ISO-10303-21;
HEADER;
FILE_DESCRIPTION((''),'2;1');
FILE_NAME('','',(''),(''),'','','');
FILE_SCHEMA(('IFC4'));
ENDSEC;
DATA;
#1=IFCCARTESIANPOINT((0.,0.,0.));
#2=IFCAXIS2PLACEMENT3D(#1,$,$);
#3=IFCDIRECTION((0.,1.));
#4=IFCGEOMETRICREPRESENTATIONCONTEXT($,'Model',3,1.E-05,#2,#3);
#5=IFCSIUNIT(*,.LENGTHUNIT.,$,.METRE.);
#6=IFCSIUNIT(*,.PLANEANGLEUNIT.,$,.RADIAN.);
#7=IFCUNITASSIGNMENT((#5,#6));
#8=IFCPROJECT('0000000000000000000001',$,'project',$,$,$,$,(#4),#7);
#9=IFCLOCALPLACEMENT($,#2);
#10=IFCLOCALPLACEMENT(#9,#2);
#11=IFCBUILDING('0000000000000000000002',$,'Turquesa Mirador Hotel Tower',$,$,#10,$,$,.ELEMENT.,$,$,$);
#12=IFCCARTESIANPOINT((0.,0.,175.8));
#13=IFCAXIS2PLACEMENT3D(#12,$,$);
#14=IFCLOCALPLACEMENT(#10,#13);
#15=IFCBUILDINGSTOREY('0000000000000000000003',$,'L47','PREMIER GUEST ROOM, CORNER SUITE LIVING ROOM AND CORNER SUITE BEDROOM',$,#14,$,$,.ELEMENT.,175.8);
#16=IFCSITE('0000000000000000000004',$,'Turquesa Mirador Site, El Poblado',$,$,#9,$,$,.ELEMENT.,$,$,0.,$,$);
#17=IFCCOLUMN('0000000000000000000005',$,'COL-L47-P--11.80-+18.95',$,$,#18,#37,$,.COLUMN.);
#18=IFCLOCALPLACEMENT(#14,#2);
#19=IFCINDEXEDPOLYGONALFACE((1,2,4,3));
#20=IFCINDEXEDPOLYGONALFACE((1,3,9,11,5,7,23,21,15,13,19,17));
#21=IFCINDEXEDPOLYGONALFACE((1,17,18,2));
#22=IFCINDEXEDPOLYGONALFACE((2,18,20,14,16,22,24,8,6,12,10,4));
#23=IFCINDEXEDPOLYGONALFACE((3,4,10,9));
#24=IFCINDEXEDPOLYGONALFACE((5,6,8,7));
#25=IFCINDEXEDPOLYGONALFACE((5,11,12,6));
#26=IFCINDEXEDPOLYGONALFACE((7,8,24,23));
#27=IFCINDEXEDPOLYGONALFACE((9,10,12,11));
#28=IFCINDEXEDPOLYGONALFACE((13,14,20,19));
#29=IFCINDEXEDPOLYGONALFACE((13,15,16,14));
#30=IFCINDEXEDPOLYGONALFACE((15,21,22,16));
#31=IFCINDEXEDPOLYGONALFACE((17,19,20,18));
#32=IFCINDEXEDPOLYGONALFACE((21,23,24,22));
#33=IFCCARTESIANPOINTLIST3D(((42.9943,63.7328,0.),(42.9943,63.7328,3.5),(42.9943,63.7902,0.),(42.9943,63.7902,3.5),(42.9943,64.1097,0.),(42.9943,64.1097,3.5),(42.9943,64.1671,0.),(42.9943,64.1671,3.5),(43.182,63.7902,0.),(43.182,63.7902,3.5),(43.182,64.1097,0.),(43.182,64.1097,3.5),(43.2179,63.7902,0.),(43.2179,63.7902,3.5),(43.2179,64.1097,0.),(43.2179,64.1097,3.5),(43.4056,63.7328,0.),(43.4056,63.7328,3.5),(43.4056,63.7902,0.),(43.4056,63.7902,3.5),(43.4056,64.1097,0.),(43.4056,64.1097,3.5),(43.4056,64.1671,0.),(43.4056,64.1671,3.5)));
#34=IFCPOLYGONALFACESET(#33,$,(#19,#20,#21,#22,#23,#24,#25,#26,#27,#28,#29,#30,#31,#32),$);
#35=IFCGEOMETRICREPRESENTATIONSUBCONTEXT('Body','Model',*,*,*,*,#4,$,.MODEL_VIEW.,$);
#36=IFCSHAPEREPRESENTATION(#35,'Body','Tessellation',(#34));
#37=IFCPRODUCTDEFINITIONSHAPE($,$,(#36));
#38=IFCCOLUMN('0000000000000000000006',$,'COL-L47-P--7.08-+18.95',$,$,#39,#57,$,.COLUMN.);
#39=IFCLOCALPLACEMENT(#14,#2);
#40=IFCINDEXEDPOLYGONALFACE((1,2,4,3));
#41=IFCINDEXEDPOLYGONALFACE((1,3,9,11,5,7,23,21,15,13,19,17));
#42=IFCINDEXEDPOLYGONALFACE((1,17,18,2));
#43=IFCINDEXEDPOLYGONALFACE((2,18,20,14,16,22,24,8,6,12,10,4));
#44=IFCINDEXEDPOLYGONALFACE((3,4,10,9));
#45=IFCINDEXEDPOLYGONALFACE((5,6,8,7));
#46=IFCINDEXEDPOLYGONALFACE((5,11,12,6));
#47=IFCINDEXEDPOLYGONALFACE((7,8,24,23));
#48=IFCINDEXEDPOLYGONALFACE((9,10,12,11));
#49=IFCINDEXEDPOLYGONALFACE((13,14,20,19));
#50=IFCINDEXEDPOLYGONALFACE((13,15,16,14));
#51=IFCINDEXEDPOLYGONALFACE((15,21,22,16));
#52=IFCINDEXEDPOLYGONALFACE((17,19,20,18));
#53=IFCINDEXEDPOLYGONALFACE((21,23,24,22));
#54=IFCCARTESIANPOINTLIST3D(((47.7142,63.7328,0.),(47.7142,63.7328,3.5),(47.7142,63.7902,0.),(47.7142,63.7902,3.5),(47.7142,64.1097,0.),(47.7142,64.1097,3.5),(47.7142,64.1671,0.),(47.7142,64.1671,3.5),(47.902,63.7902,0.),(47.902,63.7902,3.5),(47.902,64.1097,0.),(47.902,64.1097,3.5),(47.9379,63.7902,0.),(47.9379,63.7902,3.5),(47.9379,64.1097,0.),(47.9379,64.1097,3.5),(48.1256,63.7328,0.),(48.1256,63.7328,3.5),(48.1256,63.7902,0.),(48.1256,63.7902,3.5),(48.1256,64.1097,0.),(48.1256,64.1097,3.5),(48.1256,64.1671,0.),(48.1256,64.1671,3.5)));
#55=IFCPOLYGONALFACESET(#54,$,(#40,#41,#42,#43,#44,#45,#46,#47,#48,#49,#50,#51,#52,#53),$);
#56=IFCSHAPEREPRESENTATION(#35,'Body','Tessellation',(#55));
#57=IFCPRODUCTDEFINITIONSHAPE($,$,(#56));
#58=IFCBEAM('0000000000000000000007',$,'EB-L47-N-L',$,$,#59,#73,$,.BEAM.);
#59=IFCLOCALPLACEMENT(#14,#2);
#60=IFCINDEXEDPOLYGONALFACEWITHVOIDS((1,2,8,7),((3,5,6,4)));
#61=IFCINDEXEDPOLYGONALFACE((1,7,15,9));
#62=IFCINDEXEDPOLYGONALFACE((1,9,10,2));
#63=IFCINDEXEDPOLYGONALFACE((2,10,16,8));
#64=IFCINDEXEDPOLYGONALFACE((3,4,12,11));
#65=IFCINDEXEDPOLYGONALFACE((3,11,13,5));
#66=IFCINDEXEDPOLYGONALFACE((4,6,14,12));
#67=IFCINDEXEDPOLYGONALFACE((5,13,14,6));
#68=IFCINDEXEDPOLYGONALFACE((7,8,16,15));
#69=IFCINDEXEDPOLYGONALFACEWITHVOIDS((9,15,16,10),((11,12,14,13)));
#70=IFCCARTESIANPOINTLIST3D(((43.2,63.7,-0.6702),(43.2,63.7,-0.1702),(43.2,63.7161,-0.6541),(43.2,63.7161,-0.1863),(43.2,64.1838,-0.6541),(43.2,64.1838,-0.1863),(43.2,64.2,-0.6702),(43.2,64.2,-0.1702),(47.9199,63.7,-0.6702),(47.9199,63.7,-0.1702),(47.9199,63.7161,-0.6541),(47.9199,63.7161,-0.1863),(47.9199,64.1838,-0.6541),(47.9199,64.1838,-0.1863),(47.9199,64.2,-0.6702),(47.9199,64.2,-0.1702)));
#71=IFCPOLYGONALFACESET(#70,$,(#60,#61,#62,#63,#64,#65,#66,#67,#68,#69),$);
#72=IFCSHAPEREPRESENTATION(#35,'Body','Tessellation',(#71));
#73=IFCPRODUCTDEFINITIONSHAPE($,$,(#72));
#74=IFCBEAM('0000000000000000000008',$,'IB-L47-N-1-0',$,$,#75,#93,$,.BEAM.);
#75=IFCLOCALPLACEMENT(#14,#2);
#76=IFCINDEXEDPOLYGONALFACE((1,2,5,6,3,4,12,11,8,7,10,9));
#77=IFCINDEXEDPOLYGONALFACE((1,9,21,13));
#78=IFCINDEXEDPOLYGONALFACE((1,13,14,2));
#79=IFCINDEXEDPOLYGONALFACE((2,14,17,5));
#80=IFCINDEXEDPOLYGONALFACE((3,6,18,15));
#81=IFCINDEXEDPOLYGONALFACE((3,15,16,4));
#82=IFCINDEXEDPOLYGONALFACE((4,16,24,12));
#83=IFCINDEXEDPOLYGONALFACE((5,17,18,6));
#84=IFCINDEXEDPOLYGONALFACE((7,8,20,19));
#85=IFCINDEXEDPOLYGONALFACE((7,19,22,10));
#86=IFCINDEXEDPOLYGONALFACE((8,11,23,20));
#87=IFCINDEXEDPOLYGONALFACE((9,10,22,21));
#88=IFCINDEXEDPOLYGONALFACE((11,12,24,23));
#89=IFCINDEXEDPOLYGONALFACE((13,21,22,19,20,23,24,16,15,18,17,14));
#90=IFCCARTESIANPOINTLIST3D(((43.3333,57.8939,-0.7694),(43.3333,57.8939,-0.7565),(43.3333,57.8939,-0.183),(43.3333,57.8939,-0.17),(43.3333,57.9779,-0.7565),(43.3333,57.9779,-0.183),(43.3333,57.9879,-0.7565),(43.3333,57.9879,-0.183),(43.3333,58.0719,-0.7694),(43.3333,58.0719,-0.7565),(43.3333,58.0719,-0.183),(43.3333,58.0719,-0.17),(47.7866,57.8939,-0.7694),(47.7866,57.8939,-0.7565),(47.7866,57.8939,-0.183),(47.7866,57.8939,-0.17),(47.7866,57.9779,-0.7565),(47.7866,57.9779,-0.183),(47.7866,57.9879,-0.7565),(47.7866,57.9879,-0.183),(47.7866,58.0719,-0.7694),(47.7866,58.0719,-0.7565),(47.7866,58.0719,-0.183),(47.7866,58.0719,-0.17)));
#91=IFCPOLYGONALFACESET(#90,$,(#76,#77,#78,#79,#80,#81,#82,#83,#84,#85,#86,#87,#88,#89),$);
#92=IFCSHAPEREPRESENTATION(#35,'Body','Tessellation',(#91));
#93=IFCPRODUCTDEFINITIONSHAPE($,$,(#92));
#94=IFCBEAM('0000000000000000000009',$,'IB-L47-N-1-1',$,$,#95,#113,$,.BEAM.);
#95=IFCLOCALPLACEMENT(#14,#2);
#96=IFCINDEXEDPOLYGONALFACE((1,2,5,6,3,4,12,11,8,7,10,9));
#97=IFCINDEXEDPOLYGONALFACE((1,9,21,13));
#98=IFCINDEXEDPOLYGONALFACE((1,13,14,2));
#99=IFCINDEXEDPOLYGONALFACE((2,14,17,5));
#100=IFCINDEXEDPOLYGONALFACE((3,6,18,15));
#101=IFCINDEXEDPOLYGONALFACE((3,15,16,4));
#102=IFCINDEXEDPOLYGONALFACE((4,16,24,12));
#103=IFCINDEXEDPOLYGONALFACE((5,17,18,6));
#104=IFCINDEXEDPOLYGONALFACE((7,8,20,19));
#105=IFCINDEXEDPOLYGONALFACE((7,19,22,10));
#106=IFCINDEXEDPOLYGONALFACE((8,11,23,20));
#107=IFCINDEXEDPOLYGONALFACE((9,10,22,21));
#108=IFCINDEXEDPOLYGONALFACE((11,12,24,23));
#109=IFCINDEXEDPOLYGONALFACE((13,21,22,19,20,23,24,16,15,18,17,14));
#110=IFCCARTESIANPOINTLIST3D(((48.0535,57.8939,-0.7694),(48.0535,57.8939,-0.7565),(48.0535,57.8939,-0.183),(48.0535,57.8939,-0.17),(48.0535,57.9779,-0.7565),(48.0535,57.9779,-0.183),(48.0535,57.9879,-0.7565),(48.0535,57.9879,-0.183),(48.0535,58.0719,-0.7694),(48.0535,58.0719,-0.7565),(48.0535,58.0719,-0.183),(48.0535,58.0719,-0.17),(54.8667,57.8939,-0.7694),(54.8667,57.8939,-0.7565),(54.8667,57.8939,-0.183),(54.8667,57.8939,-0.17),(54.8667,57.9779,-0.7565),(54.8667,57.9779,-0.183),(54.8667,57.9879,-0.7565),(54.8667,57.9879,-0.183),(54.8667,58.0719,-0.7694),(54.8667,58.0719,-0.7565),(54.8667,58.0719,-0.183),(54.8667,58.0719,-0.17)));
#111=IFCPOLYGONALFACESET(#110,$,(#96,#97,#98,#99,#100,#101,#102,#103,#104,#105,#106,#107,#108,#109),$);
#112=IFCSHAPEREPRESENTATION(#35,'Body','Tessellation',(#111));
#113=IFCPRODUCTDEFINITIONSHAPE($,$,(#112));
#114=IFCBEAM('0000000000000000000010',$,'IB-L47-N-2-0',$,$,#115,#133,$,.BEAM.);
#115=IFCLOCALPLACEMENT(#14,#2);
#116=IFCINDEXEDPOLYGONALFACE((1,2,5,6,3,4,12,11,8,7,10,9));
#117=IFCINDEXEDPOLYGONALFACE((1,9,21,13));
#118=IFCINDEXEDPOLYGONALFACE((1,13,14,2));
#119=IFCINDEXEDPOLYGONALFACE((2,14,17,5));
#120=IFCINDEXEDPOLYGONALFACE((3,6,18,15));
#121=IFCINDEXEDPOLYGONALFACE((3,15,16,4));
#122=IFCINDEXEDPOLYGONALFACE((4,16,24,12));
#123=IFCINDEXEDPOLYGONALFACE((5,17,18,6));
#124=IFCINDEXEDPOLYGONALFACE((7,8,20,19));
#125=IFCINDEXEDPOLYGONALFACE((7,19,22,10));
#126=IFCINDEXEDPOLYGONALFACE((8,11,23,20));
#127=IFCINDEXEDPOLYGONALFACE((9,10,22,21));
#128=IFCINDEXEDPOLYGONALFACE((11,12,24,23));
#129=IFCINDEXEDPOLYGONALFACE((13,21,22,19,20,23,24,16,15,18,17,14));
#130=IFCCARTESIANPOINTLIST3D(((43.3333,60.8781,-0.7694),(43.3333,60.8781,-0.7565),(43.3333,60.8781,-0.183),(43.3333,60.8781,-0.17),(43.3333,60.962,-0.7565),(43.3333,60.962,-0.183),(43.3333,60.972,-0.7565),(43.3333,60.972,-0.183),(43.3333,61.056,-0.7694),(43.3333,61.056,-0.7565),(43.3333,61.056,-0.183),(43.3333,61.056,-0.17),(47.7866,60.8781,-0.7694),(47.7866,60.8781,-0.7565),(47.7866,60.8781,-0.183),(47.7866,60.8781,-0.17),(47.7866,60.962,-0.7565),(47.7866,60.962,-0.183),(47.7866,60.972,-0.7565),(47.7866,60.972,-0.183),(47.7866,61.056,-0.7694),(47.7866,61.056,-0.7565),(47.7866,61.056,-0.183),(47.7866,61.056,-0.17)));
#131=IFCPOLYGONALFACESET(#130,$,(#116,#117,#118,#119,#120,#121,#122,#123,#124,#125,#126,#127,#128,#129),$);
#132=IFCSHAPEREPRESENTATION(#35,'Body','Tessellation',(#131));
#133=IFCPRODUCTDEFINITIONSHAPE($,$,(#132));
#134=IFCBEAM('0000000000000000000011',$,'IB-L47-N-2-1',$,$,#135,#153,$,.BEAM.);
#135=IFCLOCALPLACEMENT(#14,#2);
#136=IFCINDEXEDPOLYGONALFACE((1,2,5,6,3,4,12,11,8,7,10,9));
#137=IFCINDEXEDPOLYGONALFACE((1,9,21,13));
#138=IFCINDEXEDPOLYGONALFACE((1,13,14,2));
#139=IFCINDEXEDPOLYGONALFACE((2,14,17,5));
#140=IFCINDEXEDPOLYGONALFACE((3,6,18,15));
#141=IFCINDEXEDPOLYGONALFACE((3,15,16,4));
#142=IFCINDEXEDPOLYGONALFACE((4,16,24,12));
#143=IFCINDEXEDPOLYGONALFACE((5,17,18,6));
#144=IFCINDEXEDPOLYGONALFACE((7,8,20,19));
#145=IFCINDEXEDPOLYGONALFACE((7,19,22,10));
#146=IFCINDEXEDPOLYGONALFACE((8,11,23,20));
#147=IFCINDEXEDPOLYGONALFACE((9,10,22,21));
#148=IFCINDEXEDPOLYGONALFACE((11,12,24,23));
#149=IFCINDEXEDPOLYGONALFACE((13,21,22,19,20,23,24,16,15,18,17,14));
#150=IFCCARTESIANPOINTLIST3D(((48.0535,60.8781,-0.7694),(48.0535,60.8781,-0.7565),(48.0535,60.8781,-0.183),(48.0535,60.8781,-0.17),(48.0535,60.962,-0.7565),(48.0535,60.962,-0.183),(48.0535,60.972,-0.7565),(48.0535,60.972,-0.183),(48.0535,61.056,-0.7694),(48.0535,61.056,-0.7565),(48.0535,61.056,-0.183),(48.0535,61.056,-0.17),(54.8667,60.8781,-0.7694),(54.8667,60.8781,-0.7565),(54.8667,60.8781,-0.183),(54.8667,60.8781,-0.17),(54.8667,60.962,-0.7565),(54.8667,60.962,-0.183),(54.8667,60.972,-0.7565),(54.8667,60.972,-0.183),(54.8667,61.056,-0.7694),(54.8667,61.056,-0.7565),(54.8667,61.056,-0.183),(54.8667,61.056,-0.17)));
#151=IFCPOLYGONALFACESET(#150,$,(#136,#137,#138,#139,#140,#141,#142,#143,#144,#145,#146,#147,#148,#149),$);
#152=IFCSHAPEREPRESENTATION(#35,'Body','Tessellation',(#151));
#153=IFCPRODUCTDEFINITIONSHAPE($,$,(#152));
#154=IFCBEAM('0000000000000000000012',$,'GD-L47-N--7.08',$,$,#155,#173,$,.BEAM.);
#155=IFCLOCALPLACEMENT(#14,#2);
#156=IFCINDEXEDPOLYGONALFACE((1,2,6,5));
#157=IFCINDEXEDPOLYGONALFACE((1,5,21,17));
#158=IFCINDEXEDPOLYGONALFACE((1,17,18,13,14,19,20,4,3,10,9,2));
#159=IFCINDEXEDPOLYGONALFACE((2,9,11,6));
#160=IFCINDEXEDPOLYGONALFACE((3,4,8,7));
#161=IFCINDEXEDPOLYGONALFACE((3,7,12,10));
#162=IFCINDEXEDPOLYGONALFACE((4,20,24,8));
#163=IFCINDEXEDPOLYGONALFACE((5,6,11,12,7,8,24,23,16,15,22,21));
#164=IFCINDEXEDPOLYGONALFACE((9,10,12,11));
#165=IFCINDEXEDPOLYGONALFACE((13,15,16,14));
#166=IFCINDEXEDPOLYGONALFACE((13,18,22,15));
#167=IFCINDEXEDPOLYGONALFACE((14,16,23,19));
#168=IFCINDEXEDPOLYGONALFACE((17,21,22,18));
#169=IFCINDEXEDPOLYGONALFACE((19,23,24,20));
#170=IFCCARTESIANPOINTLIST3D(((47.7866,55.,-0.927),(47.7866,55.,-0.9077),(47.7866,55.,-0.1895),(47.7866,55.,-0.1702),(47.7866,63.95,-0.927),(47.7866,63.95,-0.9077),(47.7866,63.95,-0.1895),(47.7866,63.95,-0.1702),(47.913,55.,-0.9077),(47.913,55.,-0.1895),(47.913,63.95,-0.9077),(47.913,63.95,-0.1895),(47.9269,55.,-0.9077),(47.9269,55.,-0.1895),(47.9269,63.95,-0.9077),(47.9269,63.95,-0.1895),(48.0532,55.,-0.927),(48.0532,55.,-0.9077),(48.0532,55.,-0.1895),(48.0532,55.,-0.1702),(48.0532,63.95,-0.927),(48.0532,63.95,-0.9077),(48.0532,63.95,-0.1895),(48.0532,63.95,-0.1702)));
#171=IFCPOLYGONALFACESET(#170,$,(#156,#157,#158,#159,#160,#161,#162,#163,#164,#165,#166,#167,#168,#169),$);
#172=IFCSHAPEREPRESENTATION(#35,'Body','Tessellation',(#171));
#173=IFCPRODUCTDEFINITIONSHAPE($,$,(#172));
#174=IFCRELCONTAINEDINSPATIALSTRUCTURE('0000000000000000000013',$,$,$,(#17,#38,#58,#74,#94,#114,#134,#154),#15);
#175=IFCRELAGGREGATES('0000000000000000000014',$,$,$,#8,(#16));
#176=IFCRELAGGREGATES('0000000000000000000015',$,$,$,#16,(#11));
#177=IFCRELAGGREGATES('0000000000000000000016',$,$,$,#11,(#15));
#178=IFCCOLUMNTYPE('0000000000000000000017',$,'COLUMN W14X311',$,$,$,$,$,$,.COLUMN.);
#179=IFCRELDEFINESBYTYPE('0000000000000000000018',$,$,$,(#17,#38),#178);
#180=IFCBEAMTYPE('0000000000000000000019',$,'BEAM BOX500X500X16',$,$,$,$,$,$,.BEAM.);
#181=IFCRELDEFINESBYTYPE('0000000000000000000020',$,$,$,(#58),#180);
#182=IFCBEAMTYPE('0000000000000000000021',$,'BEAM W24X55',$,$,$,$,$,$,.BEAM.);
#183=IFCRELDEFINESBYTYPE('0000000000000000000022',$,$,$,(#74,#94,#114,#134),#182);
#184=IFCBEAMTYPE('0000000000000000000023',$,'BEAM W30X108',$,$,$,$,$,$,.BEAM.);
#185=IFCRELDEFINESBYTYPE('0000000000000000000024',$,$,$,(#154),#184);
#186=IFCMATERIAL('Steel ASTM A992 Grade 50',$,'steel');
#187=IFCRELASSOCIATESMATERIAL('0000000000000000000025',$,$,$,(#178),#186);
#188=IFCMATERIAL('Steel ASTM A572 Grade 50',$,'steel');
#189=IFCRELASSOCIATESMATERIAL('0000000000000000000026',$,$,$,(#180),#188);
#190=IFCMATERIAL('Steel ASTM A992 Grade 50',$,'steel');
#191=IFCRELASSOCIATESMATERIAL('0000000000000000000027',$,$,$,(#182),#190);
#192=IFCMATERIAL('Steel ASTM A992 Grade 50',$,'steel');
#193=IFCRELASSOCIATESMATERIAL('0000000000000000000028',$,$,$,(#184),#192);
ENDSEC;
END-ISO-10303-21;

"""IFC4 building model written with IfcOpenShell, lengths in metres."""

from ifc_helpers import new_model, si_unit, direction, frame, origin, origin_2d, place, context, subcontext, project, spatial, hollow_rectangle, i_section, extrude, material, material_profile, profile_set, type_object, element, save


model = new_model("IFC4")

# Units and contexts
model_context = context("Model", 3, precision=1e-05, world=origin(), true_north=direction((0.0, 1.0)))
body_context = subcontext(model_context, "Body", "Model", "MODEL_VIEW")
ifc_project = project(units=[si_unit("LENGTHUNIT", "METRE"), si_unit("PLANEANGLEUNIT", "RADIAN")], contexts=[model_context])

# Site, building, storey
site_placement = place(None, origin())
site = spatial("IfcSite", under=ifc_project, at=site_placement, Name="Turquesa Mirador Site, El Poblado", CompositionType="ELEMENT", RefElevation=0.0)
building_placement = place(site_placement, origin())
building = spatial("IfcBuilding", under=site, at=building_placement, Name="Turquesa Mirador Hotel Tower", CompositionType="ELEMENT")
storey_placement = place(building_placement, frame((0.0, 0.0, 175.8)))
storey = spatial("IfcBuildingStorey", under=building, at=storey_placement, Name="L47", Description="PREMIER GUEST ROOM, CORNER SUITE LIVING ROOM AND CORNER SUITE BEDROOM", CompositionType="ELEMENT", Elevation=175.8)

# Columns
ifc_material_1 = material(Name="Steel ASTM A992 Grade 50", Category="steel")
ifc_material_profile_1 = material_profile(ifc_material_1, i_section(OverallWidth=0.4114, OverallDepth=0.4343, WebThickness=0.0359, FlangeThickness=0.0574, at=origin_2d()), Name="W14X311")
ifc_profile_set_1 = profile_set([ifc_material_profile_1], Name="Steel ASTM A992 Grade 50")
column_type = type_object("IfcColumnType", Name="COLUMN W14X311", PredefinedType="COLUMN", material=ifc_profile_set_1)
for number, where, z_axis, x_axis, name in (
    (1, (43.2, 63.95, 0.0), (0.0, 0.0, 1.0), (1.0, 0.0, 0.0), "COL-L47-P--11.80-+18.95"),
    (2, (47.9199, 63.95, 0.0), (0.0, 0.0, 1.0), (1.0, 0.0, 0.0), "COL-L47-P--7.08-+18.95"),
):
    element("IfcColumn", number, at=place(storey_placement, frame(where, z_axis=z_axis, x_axis=x_axis)), inside=storey, type_object=column_type, Name=name, PredefinedType="COLUMN", context=body_context, shape_type="SweptSolid", body=[
        extrude(i_section(OverallWidth=0.4114, OverallDepth=0.4343, WebThickness=0.0359, FlangeThickness=0.0574, at=origin_2d()), origin(), (0.0, 0.0, 1.0), 3.5),
    ])

# Beams
ifc_material_2 = material(Name="Steel ASTM A572 Grade 50", Category="steel")
ifc_material_profile_2 = material_profile(ifc_material_2, hollow_rectangle(XDim=0.5, YDim=0.5, WallThickness=0.0161, at=origin_2d()), Name="BOX500X500X16")
ifc_profile_set_2 = profile_set([ifc_material_profile_2], Name="Steel ASTM A572 Grade 50")
beam_type_1 = type_object("IfcBeamType", Name="BEAM BOX500X500X16", PredefinedType="BEAM", material=ifc_profile_set_2)
beam_1_placement = place(storey_placement, frame((43.2, 63.95, -0.4202), z_axis=(1.0, 0.0, 0.0), x_axis=(0.0, 1.0, 0.0)))
element("IfcBeam", 3, at=beam_1_placement, inside=storey, type_object=beam_type_1, Name="EB-L47-N-L", PredefinedType="BEAM", context=body_context, shape_type="SweptSolid", body=[
    extrude(hollow_rectangle(XDim=0.5, YDim=0.5, WallThickness=0.0161, at=origin_2d()), origin(), (0.0, 0.0, 1.0), 4.72),
])
ifc_material_3 = material(Name="Steel ASTM A992 Grade 50", Category="steel")
ifc_material_profile_3 = material_profile(ifc_material_3, i_section(OverallWidth=0.178, OverallDepth=0.5994, WebThickness=0.01, FlangeThickness=0.0129, at=origin_2d()), Name="W24X55")
ifc_profile_set_3 = profile_set([ifc_material_profile_3], Name="Steel ASTM A992 Grade 50")
beam_type_2 = type_object("IfcBeamType", Name="BEAM W24X55", PredefinedType="BEAM", material=ifc_profile_set_3)
beam_2_placement = place(storey_placement, frame((43.3333, 57.9829, -0.4697), z_axis=(1.0, 0.0, 0.0), x_axis=(0.0, 1.0, 0.0)))
element("IfcBeam", 4, at=beam_2_placement, inside=storey, type_object=beam_type_2, Name="IB-L47-N-1-0", PredefinedType="BEAM", context=body_context, shape_type="SweptSolid", body=[
    extrude(i_section(OverallWidth=0.178, OverallDepth=0.5994, WebThickness=0.01, FlangeThickness=0.0129, at=origin_2d()), origin(), (0.0, 0.0, 1.0), 4.4534),
])
beam_3_placement = place(storey_placement, frame((48.0535, 57.9829, -0.4697), z_axis=(1.0, 0.0, 0.0), x_axis=(0.0, 1.0, 0.0)))
element("IfcBeam", 5, at=beam_3_placement, inside=storey, type_object=beam_type_2, Name="IB-L47-N-1-1", PredefinedType="BEAM", context=body_context, shape_type="SweptSolid", body=[
    extrude(i_section(OverallWidth=0.178, OverallDepth=0.5994, WebThickness=0.01, FlangeThickness=0.0129, at=origin_2d()), origin(), (0.0, 0.0, 1.0), 6.8132),
])
beam_4_placement = place(storey_placement, frame((43.3333, 60.967, -0.4697), z_axis=(1.0, 0.0, 0.0), x_axis=(0.0, 1.0, 0.0)))
element("IfcBeam", 6, at=beam_4_placement, inside=storey, type_object=beam_type_2, Name="IB-L47-N-2-0", PredefinedType="BEAM", context=body_context, shape_type="SweptSolid", body=[
    extrude(i_section(OverallWidth=0.178, OverallDepth=0.5994, WebThickness=0.01, FlangeThickness=0.0129, at=origin_2d()), origin(), (0.0, 0.0, 1.0), 4.4534),
])
beam_5_placement = place(storey_placement, frame((48.0535, 60.967, -0.4697), z_axis=(1.0, 0.0, 0.0), x_axis=(0.0, 1.0, 0.0)))
element("IfcBeam", 7, at=beam_5_placement, inside=storey, type_object=beam_type_2, Name="IB-L47-N-2-1", PredefinedType="BEAM", context=body_context, shape_type="SweptSolid", body=[
    extrude(i_section(OverallWidth=0.178, OverallDepth=0.5994, WebThickness=0.01, FlangeThickness=0.0129, at=origin_2d()), origin(), (0.0, 0.0, 1.0), 6.8132),
])
ifc_material_4 = material(Name="Steel ASTM A992 Grade 50", Category="steel")
ifc_material_profile_4 = material_profile(ifc_material_4, i_section(OverallWidth=0.2666, OverallDepth=0.7568, WebThickness=0.0139, FlangeThickness=0.0193, at=origin_2d()), Name="W30X108")
ifc_profile_set_4 = profile_set([ifc_material_profile_4], Name="Steel ASTM A992 Grade 50")
beam_type_3 = type_object("IfcBeamType", Name="BEAM W30X108", PredefinedType="BEAM", material=ifc_profile_set_4)
beam_6_placement = place(storey_placement, frame((47.9199, 63.95, -0.5486), z_axis=(0.0, -1.0, 0.0), x_axis=(1.0, 0.0, 0.0)))
element("IfcBeam", 8, at=beam_6_placement, inside=storey, type_object=beam_type_3, Name="GD-L47-N--7.08", PredefinedType="BEAM", context=body_context, shape_type="SweptSolid", body=[
    extrude(i_section(OverallWidth=0.2666, OverallDepth=0.7568, WebThickness=0.0139, FlangeThickness=0.0193, at=origin_2d()), origin(), (0.0, 0.0, 1.0), 8.95),
])

save(model, "model.ifc")
